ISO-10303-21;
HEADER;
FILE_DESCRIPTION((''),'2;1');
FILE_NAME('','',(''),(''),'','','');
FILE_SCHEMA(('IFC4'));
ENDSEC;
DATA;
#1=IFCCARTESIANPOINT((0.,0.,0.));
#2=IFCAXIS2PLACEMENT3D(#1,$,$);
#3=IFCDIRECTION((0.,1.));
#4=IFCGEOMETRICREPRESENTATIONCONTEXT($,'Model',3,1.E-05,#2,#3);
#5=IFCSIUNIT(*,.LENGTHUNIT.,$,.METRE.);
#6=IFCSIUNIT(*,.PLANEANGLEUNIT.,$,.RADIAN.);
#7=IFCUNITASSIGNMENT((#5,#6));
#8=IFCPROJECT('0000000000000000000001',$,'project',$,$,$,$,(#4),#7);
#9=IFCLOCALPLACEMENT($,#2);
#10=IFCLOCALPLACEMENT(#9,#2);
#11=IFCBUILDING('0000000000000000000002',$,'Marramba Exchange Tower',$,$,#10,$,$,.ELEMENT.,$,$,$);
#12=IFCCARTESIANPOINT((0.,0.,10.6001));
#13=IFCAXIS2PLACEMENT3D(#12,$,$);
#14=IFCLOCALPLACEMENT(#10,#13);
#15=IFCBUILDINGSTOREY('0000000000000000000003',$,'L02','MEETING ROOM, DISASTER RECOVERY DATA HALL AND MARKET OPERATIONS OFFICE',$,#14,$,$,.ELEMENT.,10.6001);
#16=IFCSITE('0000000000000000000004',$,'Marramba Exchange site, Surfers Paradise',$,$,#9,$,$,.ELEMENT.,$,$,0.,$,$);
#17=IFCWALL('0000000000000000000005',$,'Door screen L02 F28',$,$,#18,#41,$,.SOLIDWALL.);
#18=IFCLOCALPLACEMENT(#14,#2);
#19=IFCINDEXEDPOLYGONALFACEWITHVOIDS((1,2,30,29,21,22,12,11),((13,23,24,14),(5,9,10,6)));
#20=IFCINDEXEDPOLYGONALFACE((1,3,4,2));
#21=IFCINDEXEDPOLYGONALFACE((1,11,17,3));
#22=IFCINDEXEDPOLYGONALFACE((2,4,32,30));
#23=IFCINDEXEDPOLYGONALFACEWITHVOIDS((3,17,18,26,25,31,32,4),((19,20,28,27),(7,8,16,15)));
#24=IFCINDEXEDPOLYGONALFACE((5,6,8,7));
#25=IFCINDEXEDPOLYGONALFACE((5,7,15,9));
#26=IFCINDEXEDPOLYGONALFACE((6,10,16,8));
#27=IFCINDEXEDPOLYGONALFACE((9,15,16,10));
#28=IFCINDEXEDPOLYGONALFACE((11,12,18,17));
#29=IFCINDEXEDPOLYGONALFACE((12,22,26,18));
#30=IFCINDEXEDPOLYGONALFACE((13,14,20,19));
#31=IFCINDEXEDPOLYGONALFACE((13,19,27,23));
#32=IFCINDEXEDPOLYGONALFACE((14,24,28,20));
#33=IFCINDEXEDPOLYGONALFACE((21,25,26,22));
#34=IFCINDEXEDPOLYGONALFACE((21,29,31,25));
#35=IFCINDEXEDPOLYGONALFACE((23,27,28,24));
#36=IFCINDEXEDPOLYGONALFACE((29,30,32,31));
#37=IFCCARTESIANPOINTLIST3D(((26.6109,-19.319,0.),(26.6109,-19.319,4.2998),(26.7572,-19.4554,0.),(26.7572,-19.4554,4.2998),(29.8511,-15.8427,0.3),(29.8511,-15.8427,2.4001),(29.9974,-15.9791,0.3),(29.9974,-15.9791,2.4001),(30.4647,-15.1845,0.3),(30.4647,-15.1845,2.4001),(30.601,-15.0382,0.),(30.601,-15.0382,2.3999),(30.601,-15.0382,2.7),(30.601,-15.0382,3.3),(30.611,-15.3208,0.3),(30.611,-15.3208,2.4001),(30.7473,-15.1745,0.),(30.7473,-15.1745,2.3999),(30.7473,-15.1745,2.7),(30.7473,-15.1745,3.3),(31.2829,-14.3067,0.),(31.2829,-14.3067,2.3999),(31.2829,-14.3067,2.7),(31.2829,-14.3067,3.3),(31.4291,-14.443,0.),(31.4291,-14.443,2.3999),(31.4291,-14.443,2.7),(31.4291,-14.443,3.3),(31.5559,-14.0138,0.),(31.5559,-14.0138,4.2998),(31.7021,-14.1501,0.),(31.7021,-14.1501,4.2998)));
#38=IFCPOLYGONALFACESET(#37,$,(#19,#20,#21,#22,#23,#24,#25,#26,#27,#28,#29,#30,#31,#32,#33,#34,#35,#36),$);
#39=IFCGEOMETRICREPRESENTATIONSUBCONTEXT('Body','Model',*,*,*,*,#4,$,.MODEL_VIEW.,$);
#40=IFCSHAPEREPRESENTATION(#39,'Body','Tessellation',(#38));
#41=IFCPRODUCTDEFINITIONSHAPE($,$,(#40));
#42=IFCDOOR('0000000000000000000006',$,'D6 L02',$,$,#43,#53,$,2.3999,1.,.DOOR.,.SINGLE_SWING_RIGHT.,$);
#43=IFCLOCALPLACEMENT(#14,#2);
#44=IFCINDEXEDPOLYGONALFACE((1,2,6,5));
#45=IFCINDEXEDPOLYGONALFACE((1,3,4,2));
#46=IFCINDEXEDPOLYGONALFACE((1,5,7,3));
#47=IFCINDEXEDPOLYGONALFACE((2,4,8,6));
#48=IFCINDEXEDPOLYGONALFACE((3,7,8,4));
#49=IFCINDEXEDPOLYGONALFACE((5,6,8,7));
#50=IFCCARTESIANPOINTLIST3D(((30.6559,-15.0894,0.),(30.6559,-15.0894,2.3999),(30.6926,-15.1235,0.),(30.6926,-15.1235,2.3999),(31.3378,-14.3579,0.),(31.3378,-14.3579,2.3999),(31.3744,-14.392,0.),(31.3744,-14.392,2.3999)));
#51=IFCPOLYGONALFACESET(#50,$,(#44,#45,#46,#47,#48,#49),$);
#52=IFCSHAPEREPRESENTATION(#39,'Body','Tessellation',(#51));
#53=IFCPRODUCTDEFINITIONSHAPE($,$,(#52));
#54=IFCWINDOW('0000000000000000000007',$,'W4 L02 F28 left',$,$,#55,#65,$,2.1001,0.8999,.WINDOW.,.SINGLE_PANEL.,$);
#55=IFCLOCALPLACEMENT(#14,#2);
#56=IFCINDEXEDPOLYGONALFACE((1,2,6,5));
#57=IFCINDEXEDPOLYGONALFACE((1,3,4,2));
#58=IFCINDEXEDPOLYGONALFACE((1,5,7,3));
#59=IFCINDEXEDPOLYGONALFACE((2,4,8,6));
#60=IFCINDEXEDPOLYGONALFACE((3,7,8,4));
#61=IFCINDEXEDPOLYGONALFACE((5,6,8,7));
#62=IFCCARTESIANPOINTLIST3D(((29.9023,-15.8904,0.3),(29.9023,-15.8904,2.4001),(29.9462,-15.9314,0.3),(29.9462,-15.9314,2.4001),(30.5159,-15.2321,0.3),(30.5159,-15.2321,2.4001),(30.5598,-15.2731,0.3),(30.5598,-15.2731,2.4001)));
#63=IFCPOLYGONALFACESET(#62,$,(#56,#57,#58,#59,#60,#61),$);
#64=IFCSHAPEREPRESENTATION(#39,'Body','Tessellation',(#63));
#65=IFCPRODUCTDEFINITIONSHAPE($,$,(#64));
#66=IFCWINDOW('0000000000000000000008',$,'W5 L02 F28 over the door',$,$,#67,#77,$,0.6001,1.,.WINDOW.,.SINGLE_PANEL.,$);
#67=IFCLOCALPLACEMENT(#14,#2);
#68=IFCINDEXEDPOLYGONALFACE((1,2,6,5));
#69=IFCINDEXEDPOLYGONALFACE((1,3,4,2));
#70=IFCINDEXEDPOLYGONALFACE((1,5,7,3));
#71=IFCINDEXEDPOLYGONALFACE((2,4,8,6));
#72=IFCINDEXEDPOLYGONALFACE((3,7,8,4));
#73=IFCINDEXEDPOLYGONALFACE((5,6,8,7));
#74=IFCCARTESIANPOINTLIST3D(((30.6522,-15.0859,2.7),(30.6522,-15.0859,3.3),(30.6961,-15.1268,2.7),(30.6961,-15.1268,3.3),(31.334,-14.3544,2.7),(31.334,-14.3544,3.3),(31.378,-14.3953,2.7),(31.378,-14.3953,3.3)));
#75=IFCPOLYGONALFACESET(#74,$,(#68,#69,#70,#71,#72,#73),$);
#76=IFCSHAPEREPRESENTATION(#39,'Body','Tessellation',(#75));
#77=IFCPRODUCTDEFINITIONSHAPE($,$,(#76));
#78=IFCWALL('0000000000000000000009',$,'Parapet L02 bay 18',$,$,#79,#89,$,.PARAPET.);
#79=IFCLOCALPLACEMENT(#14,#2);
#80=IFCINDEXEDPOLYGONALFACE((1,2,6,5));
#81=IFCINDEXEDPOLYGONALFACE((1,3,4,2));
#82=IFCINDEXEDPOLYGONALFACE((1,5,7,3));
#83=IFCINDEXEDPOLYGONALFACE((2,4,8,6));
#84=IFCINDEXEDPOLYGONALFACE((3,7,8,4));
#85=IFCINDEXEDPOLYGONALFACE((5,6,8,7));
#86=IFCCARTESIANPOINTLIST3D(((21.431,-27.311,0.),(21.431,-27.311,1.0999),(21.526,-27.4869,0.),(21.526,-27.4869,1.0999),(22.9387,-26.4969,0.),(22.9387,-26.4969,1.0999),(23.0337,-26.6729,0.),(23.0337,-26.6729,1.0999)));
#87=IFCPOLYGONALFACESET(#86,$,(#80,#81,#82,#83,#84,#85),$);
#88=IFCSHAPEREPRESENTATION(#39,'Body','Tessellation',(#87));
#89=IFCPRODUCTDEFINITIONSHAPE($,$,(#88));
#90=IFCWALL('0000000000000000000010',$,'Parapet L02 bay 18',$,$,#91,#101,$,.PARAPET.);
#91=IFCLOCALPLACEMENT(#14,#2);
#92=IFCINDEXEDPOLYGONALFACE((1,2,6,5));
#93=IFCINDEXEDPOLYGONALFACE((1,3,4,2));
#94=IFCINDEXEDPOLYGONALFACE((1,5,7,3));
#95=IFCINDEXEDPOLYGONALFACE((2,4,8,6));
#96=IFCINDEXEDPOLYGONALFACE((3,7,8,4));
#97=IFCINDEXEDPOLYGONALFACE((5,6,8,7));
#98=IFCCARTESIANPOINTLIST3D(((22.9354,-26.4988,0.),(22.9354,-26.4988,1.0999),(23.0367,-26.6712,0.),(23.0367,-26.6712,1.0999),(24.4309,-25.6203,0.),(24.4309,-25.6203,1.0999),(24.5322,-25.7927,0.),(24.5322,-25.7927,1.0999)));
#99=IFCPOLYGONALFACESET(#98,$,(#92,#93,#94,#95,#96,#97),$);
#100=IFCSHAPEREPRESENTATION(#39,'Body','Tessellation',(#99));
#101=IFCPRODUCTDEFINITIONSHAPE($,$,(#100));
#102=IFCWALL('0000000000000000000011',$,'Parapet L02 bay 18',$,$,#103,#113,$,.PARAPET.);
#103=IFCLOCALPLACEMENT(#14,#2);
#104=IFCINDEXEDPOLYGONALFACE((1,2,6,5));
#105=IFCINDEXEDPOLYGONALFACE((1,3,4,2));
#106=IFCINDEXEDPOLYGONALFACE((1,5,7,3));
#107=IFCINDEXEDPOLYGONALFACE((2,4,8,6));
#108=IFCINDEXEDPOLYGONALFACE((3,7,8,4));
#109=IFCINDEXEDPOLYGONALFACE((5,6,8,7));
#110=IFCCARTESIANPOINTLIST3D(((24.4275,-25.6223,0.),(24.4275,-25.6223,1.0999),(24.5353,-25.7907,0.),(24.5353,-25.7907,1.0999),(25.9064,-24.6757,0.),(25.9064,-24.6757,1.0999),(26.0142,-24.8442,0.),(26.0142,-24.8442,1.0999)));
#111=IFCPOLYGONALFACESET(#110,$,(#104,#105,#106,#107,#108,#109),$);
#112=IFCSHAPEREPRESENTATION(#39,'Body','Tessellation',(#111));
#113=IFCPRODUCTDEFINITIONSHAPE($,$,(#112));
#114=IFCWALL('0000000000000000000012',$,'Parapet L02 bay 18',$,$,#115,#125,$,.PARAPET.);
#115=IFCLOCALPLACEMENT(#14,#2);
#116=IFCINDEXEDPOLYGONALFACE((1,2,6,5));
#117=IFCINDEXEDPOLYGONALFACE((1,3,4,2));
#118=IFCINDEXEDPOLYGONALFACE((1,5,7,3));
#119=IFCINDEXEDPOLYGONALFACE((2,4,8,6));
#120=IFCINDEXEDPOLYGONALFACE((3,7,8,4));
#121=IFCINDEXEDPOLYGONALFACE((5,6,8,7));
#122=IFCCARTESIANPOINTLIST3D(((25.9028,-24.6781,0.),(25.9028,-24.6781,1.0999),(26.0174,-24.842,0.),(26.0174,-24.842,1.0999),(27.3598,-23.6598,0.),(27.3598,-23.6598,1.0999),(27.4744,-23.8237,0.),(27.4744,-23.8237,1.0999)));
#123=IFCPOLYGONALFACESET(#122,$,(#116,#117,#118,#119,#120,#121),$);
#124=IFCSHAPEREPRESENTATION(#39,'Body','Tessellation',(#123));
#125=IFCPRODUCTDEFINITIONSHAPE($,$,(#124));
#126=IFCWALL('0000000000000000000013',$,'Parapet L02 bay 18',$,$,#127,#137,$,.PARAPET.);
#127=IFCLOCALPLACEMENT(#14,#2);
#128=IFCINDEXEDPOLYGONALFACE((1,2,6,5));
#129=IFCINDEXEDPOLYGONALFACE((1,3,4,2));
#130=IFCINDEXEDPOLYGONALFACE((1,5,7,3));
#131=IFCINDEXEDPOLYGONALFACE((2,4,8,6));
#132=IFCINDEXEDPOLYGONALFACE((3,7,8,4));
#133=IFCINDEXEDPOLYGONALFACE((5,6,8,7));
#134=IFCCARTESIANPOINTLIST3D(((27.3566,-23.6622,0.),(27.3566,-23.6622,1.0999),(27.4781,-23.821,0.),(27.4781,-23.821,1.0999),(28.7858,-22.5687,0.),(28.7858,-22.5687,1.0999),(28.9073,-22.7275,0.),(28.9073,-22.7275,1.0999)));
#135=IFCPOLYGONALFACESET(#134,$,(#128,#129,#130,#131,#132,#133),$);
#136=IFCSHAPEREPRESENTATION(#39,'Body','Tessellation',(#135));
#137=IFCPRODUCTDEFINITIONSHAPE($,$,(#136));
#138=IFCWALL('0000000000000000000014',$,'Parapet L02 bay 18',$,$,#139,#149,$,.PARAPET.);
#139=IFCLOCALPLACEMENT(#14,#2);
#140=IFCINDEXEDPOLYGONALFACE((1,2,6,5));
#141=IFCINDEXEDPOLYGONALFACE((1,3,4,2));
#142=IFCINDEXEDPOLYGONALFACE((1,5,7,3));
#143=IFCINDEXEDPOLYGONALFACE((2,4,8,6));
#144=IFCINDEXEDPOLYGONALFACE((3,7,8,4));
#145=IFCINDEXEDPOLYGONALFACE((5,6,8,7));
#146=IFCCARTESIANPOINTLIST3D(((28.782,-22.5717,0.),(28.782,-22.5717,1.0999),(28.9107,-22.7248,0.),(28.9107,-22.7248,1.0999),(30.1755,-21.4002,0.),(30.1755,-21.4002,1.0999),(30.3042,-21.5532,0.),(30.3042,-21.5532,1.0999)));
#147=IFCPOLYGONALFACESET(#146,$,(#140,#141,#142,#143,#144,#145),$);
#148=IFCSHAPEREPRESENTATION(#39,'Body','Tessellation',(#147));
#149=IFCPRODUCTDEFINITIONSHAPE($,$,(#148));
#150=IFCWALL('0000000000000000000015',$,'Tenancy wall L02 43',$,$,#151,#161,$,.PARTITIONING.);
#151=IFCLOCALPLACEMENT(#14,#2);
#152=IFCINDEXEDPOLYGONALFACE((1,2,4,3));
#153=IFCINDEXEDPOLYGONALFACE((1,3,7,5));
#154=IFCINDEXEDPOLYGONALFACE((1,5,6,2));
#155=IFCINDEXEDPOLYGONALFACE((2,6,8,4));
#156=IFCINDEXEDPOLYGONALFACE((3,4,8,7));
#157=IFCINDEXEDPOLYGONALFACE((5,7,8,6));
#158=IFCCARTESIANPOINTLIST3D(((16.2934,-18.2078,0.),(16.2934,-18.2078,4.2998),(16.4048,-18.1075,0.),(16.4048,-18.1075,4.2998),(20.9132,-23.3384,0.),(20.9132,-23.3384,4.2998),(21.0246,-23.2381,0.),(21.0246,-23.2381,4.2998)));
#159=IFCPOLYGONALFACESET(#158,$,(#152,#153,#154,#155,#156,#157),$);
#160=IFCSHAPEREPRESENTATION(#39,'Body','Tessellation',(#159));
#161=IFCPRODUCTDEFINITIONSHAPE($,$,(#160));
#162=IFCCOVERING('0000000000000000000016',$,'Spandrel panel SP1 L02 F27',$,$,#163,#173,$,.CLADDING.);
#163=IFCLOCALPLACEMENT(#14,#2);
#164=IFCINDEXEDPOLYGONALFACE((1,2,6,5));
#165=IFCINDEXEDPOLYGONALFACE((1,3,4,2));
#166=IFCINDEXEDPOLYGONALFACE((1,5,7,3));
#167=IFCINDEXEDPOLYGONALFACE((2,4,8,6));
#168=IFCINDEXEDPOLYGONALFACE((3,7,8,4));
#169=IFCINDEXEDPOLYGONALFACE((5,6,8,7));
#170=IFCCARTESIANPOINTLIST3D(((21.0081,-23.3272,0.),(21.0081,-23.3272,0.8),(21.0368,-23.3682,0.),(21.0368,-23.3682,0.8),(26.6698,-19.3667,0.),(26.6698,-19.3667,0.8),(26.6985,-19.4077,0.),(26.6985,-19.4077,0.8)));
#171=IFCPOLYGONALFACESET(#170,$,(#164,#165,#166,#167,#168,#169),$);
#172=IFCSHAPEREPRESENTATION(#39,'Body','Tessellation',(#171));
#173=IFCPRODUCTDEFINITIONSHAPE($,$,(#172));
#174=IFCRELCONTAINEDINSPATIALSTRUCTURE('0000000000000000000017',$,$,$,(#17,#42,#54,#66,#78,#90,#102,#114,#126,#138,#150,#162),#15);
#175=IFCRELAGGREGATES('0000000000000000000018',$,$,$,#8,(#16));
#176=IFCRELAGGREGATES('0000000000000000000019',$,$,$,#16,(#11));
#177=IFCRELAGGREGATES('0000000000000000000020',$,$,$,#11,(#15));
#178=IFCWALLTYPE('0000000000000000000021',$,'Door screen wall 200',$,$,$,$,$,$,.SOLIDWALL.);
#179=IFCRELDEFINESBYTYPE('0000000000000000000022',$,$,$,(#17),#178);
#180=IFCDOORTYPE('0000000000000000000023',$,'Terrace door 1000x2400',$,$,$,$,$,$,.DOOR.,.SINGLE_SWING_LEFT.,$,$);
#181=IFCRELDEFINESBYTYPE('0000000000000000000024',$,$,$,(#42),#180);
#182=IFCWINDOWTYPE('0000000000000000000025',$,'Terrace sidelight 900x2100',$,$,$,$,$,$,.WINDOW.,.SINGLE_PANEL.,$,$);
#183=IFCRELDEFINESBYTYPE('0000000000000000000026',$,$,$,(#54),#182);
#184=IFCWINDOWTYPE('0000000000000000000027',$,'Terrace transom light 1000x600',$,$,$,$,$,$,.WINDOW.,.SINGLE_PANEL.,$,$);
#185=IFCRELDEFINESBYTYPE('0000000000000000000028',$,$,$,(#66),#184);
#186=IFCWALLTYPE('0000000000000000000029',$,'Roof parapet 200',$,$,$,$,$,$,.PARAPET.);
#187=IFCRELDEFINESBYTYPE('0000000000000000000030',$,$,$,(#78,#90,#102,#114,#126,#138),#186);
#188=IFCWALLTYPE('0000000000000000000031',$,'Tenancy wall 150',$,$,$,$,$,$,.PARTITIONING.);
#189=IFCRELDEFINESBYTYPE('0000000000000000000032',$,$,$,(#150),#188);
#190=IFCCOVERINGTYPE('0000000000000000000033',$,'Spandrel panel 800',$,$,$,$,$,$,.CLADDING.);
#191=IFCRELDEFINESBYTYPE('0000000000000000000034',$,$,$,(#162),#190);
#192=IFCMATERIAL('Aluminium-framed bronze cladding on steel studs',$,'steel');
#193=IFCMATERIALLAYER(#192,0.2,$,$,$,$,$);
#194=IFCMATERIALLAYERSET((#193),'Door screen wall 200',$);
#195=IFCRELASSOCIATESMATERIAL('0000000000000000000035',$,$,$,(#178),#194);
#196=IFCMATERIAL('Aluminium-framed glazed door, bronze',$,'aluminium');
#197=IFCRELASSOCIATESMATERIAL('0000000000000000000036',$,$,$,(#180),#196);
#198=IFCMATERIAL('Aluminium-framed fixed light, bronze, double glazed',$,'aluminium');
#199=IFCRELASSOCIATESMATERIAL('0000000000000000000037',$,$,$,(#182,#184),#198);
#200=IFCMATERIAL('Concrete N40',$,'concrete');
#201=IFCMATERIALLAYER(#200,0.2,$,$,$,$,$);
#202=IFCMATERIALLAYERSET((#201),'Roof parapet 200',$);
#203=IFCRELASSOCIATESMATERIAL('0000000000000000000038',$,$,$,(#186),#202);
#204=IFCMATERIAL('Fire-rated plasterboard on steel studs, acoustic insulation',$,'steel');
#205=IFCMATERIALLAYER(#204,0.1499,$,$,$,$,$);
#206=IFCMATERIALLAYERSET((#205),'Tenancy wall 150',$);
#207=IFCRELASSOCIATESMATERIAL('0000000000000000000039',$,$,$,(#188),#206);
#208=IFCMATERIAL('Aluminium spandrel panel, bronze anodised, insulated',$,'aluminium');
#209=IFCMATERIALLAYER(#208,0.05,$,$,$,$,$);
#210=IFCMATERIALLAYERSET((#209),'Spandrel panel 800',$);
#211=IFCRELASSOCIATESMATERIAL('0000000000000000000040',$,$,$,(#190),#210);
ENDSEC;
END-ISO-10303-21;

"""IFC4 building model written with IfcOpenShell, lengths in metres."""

from ifc_helpers import new_model, si_unit, direction, frame, frame_2d, origin, origin_2d, place, context, subcontext, project, spatial, rectangle, extrude, material, layer, layer_set, type_object, element, fill, save


model = new_model("IFC4")

# Units and contexts
model_context = context("Model", 3, precision=1e-05, world=origin(), true_north=direction((0.0, 1.0)))
body_context = subcontext(model_context, "Body", "Model", "MODEL_VIEW")
ifc_project = project(units=[si_unit("LENGTHUNIT", "METRE"), si_unit("PLANEANGLEUNIT", "RADIAN")], contexts=[model_context])

# Site, building, storey
site_placement = place(None, origin())
site = spatial("IfcSite", under=ifc_project, at=site_placement, Name="Marramba Exchange site, Surfers Paradise", CompositionType="ELEMENT", RefElevation=0.0)
building_placement = place(site_placement, origin())
building = spatial("IfcBuilding", under=site, at=building_placement, Name="Marramba Exchange Tower", CompositionType="ELEMENT")
storey_placement = place(building_placement, frame((0.0, 0.0, 10.6001)))
storey = spatial("IfcBuildingStorey", under=building, at=storey_placement, Name="L02", Description="MEETING ROOM, DISASTER RECOVERY DATA HALL AND MARKET OPERATIONS OFFICE", CompositionType="ELEMENT", Elevation=10.6001)

# Wall, openings, door, windows
ifc_material_1 = material(Name="Aluminium-framed bronze cladding on steel studs", Category="steel")
ifc_layer_1 = layer(ifc_material_1, 0.2)
ifc_layer_set_1 = layer_set([ifc_layer_1], Name="Door screen wall 200")
wall_type_1 = type_object("IfcWallType", Name="Door screen wall 200", PredefinedType="SOLIDWALL", material=ifc_layer_set_1)
wall_1_placement = place(storey_placement, frame((26.6841, -19.3872, 0.0), z_axis=(0.0, 0.0, 1.0), x_axis=(0.681826, 0.731514, 0.0)))
wall_1 = element("IfcWall", 1, at=wall_1_placement, inside=storey, type_object=wall_type_1, Name="Door screen L02 F28", PredefinedType="SOLIDWALL", context=body_context, shape_type="SweptSolid", body=[
    extrude(rectangle(XDim=7.2524, YDim=0.2, at=frame_2d((3.6262, 0.0))), origin(), (0.0, 0.0, 1.0), 4.2998),
])
opening_1_placement = place(wall_1_placement, frame((5.8521, 0.0, 0.0)))
opening_1 = element("IfcOpeningElement", 2, at=opening_1_placement, cuts=wall_1, PredefinedType="OPENING", context=body_context, shape_type="SweptSolid", body=[
    extrude(rectangle(XDim=1.0, YDim=2.3999, at=frame_2d((0.5, 1.2))), frame((0.0, 0.1099, 0.0), z_axis=(0.0, -1.0, 0.0), x_axis=(1.0, 0.0, 0.0)), (0.0, 0.0, 1.0), 0.22),
])
opening_2_placement = place(wall_1_placement, frame((4.7522, 0.0, 0.3)))
opening_2 = element("IfcOpeningElement", 3, at=opening_2_placement, cuts=wall_1, PredefinedType="OPENING", context=body_context, shape_type="SweptSolid", body=[
    extrude(rectangle(XDim=0.8999, YDim=2.1001, at=frame_2d((0.45, 1.05))), frame((0.0, 0.1099, 0.0), z_axis=(0.0, -1.0, 0.0), x_axis=(1.0, 0.0, 0.0)), (0.0, 0.0, 1.0), 0.22),
])
opening_3_placement = place(wall_1_placement, frame((5.8521, 0.0, 2.7)))
opening_3 = element("IfcOpeningElement", 4, at=opening_3_placement, cuts=wall_1, PredefinedType="OPENING", context=body_context, shape_type="SweptSolid", body=[
    extrude(rectangle(XDim=1.0, YDim=0.6001, at=frame_2d((0.5, 0.3))), frame((0.0, 0.1099, 0.0), z_axis=(0.0, -1.0, 0.0), x_axis=(1.0, 0.0, 0.0)), (0.0, 0.0, 1.0), 0.22),
])
ifc_material_2 = material(Name="Aluminium-framed glazed door, bronze", Category="aluminium")
door_type = type_object("IfcDoorType", Name="Terrace door 1000x2400", OperationType="SINGLE_SWING_LEFT", PredefinedType="DOOR", material=ifc_material_2)
door_placement = place(opening_1_placement, frame((1.0, 0.0, 0.0), z_axis=(0.0, 0.0, 1.0), x_axis=(-1.0, 0.0, 0.0)))
door = element("IfcDoor", 5, at=door_placement, inside=storey, type_object=door_type, Name="D6 L02", OperationType="SINGLE_SWING_RIGHT", OverallHeight=2.3999, OverallWidth=1.0, PredefinedType="DOOR", context=body_context, shape_type="SweptSolid", body=[
    extrude(rectangle(XDim=1.0, YDim=2.3999, at=frame_2d((0.5, 1.2))), frame((0.0, 0.0251, 0.0), z_axis=(0.0, -1.0, 0.0), x_axis=(1.0, 0.0, 0.0)), (0.0, 0.0, 1.0), 0.05),
])
fill(opening_1, door)
ifc_material_3 = material(Name="Aluminium-framed fixed light, bronze, double glazed", Category="aluminium")
window_type_1 = type_object("IfcWindowType", Name="Terrace sidelight 900x2100", PartitioningType="SINGLE_PANEL", PredefinedType="WINDOW", material=ifc_material_3)
window_1_placement = place(opening_2_placement, origin())
window_1 = element("IfcWindow", 6, at=window_1_placement, inside=storey, type_object=window_type_1, Name="W4 L02 F28 left", OverallHeight=2.1001, OverallWidth=0.8999, PartitioningType="SINGLE_PANEL", PredefinedType="WINDOW", context=body_context, shape_type="SweptSolid", body=[
    extrude(rectangle(XDim=0.8999, YDim=2.1001, at=frame_2d((0.45, 1.05))), frame((0.0, 0.03, 0.0), z_axis=(0.0, -1.0, 0.0), x_axis=(1.0, 0.0, 0.0)), (0.0, 0.0, 1.0), 0.0601),
])
fill(opening_2, window_1)
window_type_2 = type_object("IfcWindowType", Name="Terrace transom light 1000x600", PartitioningType="SINGLE_PANEL", PredefinedType="WINDOW", material=ifc_material_3)
window_2_placement = place(opening_3_placement, origin())
window_2 = element("IfcWindow", 7, at=window_2_placement, inside=storey, type_object=window_type_2, Name="W5 L02 F28 over the door", OverallHeight=0.6001, OverallWidth=1.0, PartitioningType="SINGLE_PANEL", PredefinedType="WINDOW", context=body_context, shape_type="SweptSolid", body=[
    extrude(rectangle(XDim=1.0, YDim=0.6001, at=frame_2d((0.5, 0.3))), frame((0.0, 0.03, 0.0), z_axis=(0.0, -1.0, 0.0), x_axis=(1.0, 0.0, 0.0)), (0.0, 0.0, 1.0), 0.0601),
])
fill(opening_3, window_2)

# Walls
ifc_material_4 = material(Name="Concrete N40", Category="concrete")
ifc_layer_2 = layer(ifc_material_4, 0.2)
ifc_layer_set_2 = layer_set([ifc_layer_2], Name="Roof parapet 200")
wall_type_2 = type_object("IfcWallType", Name="Roof parapet 200", PredefinedType="PARAPET", material=ifc_layer_set_2)
wall_2_placement = place(storey_placement, frame((21.4785, -27.3989, 0.0), z_axis=(0.0, 0.0, 1.0), x_axis=(0.879935, 0.475094, 0.0)))
element("IfcWall", 8, at=wall_2_placement, inside=storey, type_object=wall_type_2, Name="Parapet L02 bay 18", PredefinedType="PARAPET", context=body_context, shape_type="SweptSolid", body=[
    extrude(rectangle(XDim=1.7134, YDim=0.2, at=frame_2d((0.8567, 0.0))), origin(), (0.0, 0.0, 1.0), 1.0999),
])
wall_3_placement = place(storey_placement, frame((22.9861, -26.585, 0.0), z_axis=(0.0, 0.0, 1.0), x_axis=(0.862238, 0.506503, 0.0)))
element("IfcWall", 9, at=wall_3_placement, inside=storey, type_object=wall_type_2, Name="Parapet L02 bay 18", PredefinedType="PARAPET", context=body_context, shape_type="SweptSolid", body=[
    extrude(rectangle(XDim=1.7344, YDim=0.2, at=frame_2d((0.8672, 0.0))), origin(), (0.0, 0.0, 1.0), 1.0999),
])
wall_4_placement = place(storey_placement, frame((24.4814, -25.7065, 0.0), z_axis=(0.0, 0.0, 1.0), x_axis=(0.842239, 0.539105, 0.0)))
element("IfcWall", 10, at=wall_4_placement, inside=storey, type_object=wall_type_2, Name="Parapet L02 bay 18", PredefinedType="PARAPET", context=body_context, shape_type="SweptSolid", body=[
    extrude(rectangle(XDim=1.7559, YDim=0.2, at=frame_2d((0.8779, 0.0))), origin(), (0.0, 0.0, 1.0), 1.0999),
])
wall_5_placement = place(storey_placement, frame((25.9602, -24.76, 0.0), z_axis=(0.0, 0.0, 1.0), x_axis=(0.819658, 0.572854, 0.0)))
element("IfcWall", 11, at=wall_5_placement, inside=storey, type_object=wall_type_2, Name="Parapet L02 bay 18", PredefinedType="PARAPET", context=body_context, shape_type="SweptSolid", body=[
    extrude(rectangle(XDim=1.7776, YDim=0.2, at=frame_2d((0.8887, 0.0))), origin(), (0.0, 0.0, 1.0), 1.0999),
])
wall_6_placement = place(storey_placement, frame((27.4172, -23.7417, 0.0), z_axis=(0.0, 0.0, 1.0), x_axis=(0.7942, 0.607657, 0.0)))
element("IfcWall", 12, at=wall_6_placement, inside=storey, type_object=wall_type_2, Name="Parapet L02 bay 18", PredefinedType="PARAPET", context=body_context, shape_type="SweptSolid", body=[
    extrude(rectangle(XDim=1.7996, YDim=0.2, at=frame_2d((0.8999, 0.0))), origin(), (0.0, 0.0, 1.0), 1.0999),
])
wall_7_placement = place(storey_placement, frame((28.8464, -22.6482, 0.0), z_axis=(0.0, 0.0, 1.0), x_axis=(0.765422, 0.643529, 0.0)))
element("IfcWall", 13, at=wall_7_placement, inside=storey, type_object=wall_type_2, Name="Parapet L02 bay 18", PredefinedType="PARAPET", context=body_context, shape_type="SweptSolid", body=[
    extrude(rectangle(XDim=1.8206, YDim=0.2, at=frame_2d((0.9102, 0.0))), origin(), (0.0, 0.0, 1.0), 1.0999),
])
ifc_material_5 = material(Name="Fire-rated plasterboard on steel studs, acoustic insulation", Category="steel")
ifc_layer_3 = layer(ifc_material_5, 0.1499)
ifc_layer_set_3 = layer_set([ifc_layer_3], Name="Tenancy wall 150")
wall_type_3 = type_object("IfcWallType", Name="Tenancy wall 150", PredefinedType="PARTITIONING", material=ifc_layer_set_3)
wall_8_placement = place(storey_placement, frame((20.969, -23.2883, 0.0), z_axis=(0.0, 0.0, 1.0), x_axis=(-0.66915, 0.743127, 0.0)))
element("IfcWall", 14, at=wall_8_placement, inside=storey, type_object=wall_type_3, Name="Tenancy wall L02 43", PredefinedType="PARTITIONING", context=body_context, shape_type="SweptSolid", body=[
    extrude(rectangle(XDim=6.9041, YDim=0.1499, at=frame_2d((3.4521, 0.0))), origin(), (0.0, 0.0, 1.0), 4.2998),
])

# Covering
ifc_material_6 = material(Name="Aluminium spandrel panel, bronze anodised, insulated", Category="aluminium")
ifc_layer_4 = layer(ifc_material_6, 0.05)
ifc_layer_set_4 = layer_set([ifc_layer_4], Name="Spandrel panel 800")
covering_type = type_object("IfcCoveringType", Name="Spandrel panel 800", PredefinedType="CLADDING", material=ifc_layer_set_4)
covering_placement = place(storey_placement, frame((23.8533, -21.3674, 0.0), z_axis=(0.0, 0.0, 1.0), x_axis=(0.819416, 0.573199, 0.0)))
element("IfcCovering", 15, at=covering_placement, inside=storey, type_object=covering_type, Name="Spandrel panel SP1 L02 F27", PredefinedType="CLADDING", context=body_context, shape_type="SweptSolid", body=[
    extrude(rectangle(XDim=6.9094, YDim=0.05, at=origin_2d()), origin(), (0.0, 0.0, 1.0), 0.8),
])

save(model, "model.ifc")
